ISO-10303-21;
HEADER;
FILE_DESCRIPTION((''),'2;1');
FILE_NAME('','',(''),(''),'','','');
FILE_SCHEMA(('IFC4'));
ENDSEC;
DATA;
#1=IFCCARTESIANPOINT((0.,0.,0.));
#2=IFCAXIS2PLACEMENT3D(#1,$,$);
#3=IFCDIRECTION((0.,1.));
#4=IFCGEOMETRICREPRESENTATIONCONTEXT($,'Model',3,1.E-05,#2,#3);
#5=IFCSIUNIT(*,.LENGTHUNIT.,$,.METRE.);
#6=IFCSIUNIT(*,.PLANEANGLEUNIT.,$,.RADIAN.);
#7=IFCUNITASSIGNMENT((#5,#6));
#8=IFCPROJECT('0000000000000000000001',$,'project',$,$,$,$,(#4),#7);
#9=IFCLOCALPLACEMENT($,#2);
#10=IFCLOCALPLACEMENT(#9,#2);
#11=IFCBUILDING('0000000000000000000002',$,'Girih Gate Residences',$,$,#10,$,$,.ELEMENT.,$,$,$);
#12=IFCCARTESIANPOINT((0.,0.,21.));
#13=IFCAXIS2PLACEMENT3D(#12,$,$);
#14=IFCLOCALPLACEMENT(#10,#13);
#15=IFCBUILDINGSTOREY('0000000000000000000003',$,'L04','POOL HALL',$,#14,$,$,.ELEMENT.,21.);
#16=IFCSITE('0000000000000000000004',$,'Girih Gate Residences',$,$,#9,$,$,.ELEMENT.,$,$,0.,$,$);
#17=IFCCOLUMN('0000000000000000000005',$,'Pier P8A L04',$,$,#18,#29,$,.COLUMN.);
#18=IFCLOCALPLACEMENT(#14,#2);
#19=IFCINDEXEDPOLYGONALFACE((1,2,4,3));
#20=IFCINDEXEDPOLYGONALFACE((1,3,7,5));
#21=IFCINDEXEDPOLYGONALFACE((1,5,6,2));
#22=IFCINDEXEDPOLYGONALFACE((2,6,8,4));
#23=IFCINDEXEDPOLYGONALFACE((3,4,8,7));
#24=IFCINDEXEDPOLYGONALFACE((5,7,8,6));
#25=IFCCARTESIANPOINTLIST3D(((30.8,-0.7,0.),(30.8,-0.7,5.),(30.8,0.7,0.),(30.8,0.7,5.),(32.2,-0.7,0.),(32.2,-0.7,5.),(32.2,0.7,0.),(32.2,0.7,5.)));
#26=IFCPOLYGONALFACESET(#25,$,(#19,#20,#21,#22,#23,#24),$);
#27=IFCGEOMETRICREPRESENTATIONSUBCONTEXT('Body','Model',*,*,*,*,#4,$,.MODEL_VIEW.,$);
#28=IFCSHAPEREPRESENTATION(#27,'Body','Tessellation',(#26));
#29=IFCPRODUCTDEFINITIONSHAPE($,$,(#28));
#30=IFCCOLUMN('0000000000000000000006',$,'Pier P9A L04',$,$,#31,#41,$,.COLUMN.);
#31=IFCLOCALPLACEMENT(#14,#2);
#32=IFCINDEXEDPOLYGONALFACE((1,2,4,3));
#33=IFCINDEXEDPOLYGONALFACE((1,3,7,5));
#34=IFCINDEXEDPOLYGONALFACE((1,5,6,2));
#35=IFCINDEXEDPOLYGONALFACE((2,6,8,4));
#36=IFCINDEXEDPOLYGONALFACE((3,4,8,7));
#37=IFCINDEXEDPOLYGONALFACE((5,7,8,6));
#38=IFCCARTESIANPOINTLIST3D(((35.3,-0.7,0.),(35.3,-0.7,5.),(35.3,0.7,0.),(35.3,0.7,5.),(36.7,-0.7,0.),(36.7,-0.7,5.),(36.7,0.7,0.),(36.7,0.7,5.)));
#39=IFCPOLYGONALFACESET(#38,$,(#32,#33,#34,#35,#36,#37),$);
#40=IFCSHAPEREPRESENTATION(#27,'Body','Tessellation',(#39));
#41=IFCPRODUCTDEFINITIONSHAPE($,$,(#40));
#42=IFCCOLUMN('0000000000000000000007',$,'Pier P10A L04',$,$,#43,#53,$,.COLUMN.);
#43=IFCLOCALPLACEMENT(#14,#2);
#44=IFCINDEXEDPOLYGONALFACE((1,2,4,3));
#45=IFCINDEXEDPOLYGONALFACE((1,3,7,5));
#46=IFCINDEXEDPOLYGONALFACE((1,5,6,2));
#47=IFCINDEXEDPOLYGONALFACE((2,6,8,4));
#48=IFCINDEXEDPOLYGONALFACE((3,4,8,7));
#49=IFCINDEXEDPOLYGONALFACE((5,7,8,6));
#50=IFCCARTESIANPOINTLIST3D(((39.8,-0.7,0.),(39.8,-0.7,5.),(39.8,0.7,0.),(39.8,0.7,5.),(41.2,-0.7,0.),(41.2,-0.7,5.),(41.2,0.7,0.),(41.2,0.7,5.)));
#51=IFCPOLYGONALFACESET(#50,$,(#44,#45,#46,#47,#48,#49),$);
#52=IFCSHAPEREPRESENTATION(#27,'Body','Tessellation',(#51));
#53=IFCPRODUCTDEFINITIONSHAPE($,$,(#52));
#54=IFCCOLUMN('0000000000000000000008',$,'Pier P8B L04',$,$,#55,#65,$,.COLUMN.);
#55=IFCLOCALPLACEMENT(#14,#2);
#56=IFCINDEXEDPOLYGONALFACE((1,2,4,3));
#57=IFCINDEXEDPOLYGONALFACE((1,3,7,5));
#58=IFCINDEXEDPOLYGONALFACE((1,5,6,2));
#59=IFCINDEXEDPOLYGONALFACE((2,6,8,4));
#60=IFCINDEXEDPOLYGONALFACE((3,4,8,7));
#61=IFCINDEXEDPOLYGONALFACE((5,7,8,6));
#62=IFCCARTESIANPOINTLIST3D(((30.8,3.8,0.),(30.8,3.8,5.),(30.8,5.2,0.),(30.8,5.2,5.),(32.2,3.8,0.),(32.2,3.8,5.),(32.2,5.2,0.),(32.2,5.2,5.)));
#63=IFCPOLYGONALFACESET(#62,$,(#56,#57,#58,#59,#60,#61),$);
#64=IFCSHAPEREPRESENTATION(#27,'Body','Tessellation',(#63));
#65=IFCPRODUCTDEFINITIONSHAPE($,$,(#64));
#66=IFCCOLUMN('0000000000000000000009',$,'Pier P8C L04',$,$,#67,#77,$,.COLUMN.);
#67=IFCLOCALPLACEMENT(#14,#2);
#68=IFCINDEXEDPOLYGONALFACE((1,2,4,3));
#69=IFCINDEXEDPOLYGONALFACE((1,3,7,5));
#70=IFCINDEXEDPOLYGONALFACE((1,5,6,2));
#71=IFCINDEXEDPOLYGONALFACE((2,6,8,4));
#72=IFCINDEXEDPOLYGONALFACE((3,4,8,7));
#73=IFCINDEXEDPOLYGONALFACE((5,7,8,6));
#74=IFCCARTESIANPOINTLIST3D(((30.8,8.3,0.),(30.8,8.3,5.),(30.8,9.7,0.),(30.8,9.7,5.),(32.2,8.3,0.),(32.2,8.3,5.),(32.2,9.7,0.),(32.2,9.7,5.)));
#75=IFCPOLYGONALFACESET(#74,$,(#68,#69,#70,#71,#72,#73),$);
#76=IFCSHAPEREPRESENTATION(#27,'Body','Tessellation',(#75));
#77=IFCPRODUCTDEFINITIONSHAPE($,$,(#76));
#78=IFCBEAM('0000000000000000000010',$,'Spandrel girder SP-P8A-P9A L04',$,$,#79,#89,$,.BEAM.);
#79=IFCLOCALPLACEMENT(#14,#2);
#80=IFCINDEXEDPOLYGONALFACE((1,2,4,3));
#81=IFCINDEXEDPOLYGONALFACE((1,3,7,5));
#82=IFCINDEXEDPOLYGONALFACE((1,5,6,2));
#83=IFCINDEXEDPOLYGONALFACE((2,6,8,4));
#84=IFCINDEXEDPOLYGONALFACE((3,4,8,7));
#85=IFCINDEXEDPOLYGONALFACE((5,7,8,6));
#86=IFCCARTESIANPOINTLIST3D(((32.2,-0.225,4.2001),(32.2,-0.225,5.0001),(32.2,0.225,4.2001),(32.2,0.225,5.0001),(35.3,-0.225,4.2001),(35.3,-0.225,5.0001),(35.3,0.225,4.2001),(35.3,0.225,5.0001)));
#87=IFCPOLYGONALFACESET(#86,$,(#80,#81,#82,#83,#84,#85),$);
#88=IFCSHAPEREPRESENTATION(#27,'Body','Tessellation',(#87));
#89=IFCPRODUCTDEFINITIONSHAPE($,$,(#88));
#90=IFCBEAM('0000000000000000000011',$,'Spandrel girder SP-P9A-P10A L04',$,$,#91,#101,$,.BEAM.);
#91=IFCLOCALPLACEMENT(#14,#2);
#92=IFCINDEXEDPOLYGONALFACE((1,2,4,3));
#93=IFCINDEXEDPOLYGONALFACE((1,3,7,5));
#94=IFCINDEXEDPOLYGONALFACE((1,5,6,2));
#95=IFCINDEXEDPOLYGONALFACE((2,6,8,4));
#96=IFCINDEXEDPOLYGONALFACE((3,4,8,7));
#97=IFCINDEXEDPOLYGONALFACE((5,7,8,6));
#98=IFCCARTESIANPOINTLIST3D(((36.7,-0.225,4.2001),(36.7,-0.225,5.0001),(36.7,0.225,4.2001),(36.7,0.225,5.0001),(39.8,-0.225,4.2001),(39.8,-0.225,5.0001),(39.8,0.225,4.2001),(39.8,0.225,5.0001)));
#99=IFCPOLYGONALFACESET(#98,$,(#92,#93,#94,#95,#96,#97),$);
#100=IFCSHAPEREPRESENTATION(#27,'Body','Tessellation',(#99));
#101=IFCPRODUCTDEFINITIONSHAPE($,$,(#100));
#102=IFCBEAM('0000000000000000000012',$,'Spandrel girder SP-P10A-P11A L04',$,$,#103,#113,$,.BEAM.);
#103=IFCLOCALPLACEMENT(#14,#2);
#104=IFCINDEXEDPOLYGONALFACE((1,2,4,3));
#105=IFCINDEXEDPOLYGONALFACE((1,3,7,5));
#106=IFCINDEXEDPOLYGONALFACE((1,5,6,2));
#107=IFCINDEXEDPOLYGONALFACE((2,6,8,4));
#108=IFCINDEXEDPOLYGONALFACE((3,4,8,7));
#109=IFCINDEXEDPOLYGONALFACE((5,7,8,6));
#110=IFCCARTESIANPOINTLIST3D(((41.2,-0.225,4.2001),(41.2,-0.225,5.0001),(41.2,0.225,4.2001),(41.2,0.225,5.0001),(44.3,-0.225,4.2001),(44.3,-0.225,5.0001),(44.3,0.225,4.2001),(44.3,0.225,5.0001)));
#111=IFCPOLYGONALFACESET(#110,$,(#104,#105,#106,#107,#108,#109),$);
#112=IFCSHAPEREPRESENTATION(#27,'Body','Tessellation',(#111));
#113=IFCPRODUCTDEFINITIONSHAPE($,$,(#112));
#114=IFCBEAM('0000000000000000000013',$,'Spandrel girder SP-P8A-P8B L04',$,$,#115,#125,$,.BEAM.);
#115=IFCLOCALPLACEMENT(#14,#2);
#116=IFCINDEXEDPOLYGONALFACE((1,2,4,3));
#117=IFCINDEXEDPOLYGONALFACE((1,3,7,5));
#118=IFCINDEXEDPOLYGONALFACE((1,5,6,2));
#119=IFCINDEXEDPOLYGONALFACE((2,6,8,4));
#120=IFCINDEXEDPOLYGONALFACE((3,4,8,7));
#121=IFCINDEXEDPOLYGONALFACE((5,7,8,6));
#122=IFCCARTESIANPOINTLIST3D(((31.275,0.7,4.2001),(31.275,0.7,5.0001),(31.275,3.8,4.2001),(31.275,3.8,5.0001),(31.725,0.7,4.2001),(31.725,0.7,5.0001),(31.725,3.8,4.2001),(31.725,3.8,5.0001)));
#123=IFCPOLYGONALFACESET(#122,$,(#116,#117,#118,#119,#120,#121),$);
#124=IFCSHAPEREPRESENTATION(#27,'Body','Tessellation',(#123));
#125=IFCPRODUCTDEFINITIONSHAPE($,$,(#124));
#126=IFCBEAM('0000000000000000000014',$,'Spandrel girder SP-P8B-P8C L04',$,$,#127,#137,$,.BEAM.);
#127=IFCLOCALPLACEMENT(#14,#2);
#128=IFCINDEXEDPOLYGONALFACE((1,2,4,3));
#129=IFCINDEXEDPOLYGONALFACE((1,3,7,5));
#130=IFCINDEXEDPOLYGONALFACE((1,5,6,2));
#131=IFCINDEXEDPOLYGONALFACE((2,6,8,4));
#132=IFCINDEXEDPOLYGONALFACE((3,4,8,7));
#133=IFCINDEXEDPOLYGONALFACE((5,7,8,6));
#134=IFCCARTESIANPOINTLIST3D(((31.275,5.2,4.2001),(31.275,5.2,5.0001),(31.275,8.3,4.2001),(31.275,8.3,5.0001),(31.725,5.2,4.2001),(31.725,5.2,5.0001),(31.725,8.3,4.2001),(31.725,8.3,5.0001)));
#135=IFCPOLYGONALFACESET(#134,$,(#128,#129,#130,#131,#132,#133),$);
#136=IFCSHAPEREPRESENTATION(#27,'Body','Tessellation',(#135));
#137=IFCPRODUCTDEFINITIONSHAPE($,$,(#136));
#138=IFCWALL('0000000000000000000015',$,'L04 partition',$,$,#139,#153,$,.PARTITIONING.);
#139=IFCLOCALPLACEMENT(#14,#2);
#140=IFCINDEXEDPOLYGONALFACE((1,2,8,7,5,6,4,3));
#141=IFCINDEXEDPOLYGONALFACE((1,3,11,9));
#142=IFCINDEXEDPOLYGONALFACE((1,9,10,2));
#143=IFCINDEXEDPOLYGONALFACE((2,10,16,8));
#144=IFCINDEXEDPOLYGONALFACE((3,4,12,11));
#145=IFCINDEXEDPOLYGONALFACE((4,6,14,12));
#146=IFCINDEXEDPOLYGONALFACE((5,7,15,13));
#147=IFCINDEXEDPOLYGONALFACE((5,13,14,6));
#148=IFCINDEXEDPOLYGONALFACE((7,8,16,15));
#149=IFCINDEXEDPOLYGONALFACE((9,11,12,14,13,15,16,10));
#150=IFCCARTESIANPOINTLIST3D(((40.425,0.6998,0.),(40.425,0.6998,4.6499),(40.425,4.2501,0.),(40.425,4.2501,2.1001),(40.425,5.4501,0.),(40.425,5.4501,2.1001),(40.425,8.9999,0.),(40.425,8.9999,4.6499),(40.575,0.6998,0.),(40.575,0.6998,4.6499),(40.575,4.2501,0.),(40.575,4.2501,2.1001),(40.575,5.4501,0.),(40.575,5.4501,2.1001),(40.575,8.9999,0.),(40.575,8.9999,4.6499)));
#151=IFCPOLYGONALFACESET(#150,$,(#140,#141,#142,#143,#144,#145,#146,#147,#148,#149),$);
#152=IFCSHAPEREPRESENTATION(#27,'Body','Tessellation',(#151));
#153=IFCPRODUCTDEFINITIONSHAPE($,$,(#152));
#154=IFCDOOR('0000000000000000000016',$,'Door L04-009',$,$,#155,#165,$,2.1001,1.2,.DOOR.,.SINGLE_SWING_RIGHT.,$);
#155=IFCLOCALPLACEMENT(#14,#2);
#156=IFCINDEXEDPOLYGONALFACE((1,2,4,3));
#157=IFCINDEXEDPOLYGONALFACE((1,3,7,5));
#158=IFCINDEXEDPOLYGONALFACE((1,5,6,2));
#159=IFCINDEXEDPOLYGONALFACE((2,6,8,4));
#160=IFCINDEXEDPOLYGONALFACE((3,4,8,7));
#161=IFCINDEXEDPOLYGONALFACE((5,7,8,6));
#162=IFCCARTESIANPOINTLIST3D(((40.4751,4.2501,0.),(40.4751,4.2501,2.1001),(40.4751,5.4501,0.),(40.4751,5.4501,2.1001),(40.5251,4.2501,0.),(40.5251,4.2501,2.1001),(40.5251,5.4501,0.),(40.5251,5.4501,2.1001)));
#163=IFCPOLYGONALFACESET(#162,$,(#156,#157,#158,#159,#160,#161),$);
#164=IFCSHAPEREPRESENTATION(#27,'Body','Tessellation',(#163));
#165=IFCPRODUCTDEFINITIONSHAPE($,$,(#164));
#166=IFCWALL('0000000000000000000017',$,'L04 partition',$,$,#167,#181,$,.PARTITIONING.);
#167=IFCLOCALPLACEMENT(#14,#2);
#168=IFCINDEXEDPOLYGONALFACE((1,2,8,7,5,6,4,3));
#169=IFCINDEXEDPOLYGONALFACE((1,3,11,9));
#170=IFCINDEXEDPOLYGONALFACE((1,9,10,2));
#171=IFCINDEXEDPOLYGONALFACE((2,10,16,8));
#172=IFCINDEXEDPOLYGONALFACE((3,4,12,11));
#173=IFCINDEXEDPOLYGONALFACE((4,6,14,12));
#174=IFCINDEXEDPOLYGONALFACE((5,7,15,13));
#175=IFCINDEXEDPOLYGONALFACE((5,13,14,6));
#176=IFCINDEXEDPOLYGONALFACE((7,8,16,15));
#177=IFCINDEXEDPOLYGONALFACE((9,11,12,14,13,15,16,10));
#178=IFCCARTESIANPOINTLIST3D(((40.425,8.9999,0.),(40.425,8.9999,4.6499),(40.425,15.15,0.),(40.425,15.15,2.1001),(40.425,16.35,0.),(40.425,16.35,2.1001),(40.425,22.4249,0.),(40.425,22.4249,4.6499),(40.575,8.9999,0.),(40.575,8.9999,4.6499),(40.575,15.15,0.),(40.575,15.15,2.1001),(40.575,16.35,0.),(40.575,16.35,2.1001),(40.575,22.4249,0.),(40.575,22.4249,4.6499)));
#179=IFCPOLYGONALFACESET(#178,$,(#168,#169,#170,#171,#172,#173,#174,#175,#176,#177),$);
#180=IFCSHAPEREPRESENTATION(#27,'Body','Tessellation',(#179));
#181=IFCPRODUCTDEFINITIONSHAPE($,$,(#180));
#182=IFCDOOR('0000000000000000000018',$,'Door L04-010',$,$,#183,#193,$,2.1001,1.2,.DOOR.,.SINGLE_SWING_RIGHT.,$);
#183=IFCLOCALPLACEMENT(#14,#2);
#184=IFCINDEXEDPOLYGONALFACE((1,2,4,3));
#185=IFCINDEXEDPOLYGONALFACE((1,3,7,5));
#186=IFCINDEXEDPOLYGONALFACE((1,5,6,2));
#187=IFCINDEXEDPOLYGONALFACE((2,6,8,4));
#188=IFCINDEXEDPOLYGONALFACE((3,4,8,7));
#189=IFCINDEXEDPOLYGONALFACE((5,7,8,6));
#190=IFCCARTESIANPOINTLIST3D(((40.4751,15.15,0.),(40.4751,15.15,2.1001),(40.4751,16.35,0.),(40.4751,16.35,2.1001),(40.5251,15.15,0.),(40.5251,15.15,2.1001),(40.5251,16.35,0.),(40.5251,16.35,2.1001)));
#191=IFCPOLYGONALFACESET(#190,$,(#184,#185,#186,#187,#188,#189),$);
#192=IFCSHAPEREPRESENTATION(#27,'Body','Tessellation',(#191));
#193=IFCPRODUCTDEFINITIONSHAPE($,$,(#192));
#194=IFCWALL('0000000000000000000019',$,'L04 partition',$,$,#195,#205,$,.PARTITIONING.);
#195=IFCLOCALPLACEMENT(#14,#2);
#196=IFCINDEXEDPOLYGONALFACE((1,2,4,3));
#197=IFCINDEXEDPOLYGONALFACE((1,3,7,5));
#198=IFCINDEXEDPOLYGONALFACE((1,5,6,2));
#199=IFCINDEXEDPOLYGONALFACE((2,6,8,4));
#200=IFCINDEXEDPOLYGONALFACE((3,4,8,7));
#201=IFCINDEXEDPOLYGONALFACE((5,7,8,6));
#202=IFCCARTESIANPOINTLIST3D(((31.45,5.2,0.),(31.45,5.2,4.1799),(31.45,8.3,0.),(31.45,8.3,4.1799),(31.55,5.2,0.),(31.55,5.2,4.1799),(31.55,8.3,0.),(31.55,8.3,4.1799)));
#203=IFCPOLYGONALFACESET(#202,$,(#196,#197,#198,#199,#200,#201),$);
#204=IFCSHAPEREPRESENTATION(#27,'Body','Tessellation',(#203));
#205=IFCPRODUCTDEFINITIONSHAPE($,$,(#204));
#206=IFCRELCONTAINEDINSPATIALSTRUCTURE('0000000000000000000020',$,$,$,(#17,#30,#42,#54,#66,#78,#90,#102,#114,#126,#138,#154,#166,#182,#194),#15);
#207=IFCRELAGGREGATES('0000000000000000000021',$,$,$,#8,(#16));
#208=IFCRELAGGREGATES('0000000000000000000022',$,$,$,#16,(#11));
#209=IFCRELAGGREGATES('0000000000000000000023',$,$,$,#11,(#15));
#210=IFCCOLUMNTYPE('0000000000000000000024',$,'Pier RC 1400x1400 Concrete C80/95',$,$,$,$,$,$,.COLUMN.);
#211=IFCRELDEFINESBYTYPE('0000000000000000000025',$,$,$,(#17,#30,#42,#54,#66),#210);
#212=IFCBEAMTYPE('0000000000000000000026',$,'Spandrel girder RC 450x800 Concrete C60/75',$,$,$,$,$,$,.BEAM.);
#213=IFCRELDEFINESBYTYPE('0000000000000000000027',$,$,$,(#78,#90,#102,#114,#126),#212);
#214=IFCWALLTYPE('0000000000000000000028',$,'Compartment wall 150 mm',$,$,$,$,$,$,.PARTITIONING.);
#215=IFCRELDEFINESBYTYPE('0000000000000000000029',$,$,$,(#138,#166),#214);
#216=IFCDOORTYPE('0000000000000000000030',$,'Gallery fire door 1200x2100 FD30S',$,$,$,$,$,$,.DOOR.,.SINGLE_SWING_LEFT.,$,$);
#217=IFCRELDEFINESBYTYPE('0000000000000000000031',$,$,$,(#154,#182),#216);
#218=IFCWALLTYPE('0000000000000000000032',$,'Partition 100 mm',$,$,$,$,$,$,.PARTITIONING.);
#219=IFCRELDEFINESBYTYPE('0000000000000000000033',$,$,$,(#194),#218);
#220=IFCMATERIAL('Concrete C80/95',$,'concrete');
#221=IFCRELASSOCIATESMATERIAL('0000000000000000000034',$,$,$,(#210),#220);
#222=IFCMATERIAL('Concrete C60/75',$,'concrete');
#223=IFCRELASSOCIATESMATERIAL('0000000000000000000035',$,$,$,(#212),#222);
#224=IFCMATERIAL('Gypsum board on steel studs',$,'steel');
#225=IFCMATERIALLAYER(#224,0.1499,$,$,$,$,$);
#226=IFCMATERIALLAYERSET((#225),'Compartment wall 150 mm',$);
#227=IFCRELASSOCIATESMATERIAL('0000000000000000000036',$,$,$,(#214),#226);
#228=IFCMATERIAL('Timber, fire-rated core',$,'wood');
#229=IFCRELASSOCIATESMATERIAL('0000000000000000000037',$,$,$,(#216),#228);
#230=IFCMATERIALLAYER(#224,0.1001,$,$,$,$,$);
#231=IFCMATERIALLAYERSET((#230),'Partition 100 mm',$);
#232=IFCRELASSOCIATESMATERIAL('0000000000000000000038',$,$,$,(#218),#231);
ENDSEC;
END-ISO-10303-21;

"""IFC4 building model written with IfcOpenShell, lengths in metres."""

from ifc_helpers import new_model, si_unit, direction, frame, frame_2d, origin, origin_2d, place, context, subcontext, project, spatial, rectangle, extrude, material, layer, layer_set, material_profile, profile_set, type_object, element, fill, save


model = new_model("IFC4")

# Units and contexts
model_context = context("Model", 3, precision=1e-05, world=origin(), true_north=direction((0.0, 1.0)))
body_context = subcontext(model_context, "Body", "Model", "MODEL_VIEW")
ifc_project = project(units=[si_unit("LENGTHUNIT", "METRE"), si_unit("PLANEANGLEUNIT", "RADIAN")], contexts=[model_context])

# Site, building, storey
site_placement = place(None, origin())
site = spatial("IfcSite", under=ifc_project, at=site_placement, Name="Girih Gate Residences", CompositionType="ELEMENT", RefElevation=0.0)
building_placement = place(site_placement, origin())
building = spatial("IfcBuilding", under=site, at=building_placement, Name="Girih Gate Residences", CompositionType="ELEMENT")
storey_placement = place(building_placement, frame((0.0, 0.0, 21.0)))
storey = spatial("IfcBuildingStorey", under=building, at=storey_placement, Name="L04", Description="POOL HALL", CompositionType="ELEMENT", Elevation=21.0)

# Columns
ifc_material_1 = material(Name="Concrete C80/95", Category="concrete")
ifc_material_profile_1 = material_profile(ifc_material_1, rectangle(XDim=1.3999, YDim=1.3999, at=origin_2d()))
ifc_profile_set_1 = profile_set([ifc_material_profile_1], Name="Concrete C80/95")
column_type = type_object("IfcColumnType", Name="Pier RC 1400x1400 Concrete C80/95", PredefinedType="COLUMN", material=ifc_profile_set_1)
for number, where, z_axis, x_axis, name in (
    (1, (31.5, 0.0, 0.0), (0.0, 0.0, 1.0), (1.0, 0.0, 0.0), "Pier P8A L04"),
    (2, (36.0, 0.0, 0.0), (0.0, 0.0, 1.0), (1.0, 0.0, 0.0), "Pier P9A L04"),
    (3, (40.5, 0.0, 0.0), (0.0, 0.0, 1.0), (1.0, 0.0, 0.0), "Pier P10A L04"),
    (4, (31.5, 4.5, 0.0), (0.0, 0.0, 1.0), (1.0, 0.0, 0.0), "Pier P8B L04"),
    (5, (31.5, 9.0, 0.0), (0.0, 0.0, 1.0), (1.0, 0.0, 0.0), "Pier P8C L04"),
):
    element("IfcColumn", number, at=place(storey_placement, frame(where, z_axis=z_axis, x_axis=x_axis)), inside=storey, type_object=column_type, Name=name, PredefinedType="COLUMN", context=body_context, shape_type="SweptSolid", body=[
        extrude(rectangle(XDim=1.3999, YDim=1.3999, at=origin_2d()), origin(), (0.0, 0.0, 1.0), 5.0),
    ])

# Beams
ifc_material_2 = material(Name="Concrete C60/75", Category="concrete")
ifc_material_profile_2 = material_profile(ifc_material_2, rectangle(XDim=0.45, YDim=0.8, at=origin_2d()))
ifc_profile_set_2 = profile_set([ifc_material_profile_2], Name="Concrete C60/75")
beam_type = type_object("IfcBeamType", Name="Spandrel girder RC 450x800 Concrete C60/75", PredefinedType="BEAM", material=ifc_profile_set_2)
for number, where, z_axis, x_axis, name in (
    (6, (32.2, 0.0, 4.6001), (1.0, 0.0, 0.0), (0.0, 1.0, 0.0), "Spandrel girder SP-P8A-P9A L04"),
    (7, (36.7, 0.0, 4.6001), (1.0, 0.0, 0.0), (0.0, 1.0, 0.0), "Spandrel girder SP-P9A-P10A L04"),
    (8, (41.2, 0.0, 4.6001), (1.0, 0.0, 0.0), (0.0, 1.0, 0.0), "Spandrel girder SP-P10A-P11A L04"),
    (9, (31.5, 0.7, 4.6001), (0.0, 1.0, 0.0), (-1.0, 0.0, 0.0), "Spandrel girder SP-P8A-P8B L04"),
    (10, (31.5, 5.2, 4.6001), (0.0, 1.0, 0.0), (-1.0, 0.0, 0.0), "Spandrel girder SP-P8B-P8C L04"),
):
    element("IfcBeam", number, at=place(storey_placement, frame(where, z_axis=z_axis, x_axis=x_axis)), inside=storey, type_object=beam_type, Name=name, PredefinedType="BEAM", context=body_context, shape_type="SweptSolid", body=[
        extrude(rectangle(XDim=0.45, YDim=0.8, at=origin_2d()), origin(), (0.0, 0.0, 1.0), 3.1001),
    ])

# Walls, openings, doors
ifc_material_3 = material(Name="Gypsum board on steel studs", Category="steel")
ifc_layer_1 = layer(ifc_material_3, 0.1499)
ifc_layer_set_1 = layer_set([ifc_layer_1], Name="Compartment wall 150 mm")
wall_type_1 = type_object("IfcWallType", Name="Compartment wall 150 mm", PredefinedType="PARTITIONING", material=ifc_layer_set_1)
wall_1_placement = place(storey_placement, frame((40.5, 0.7, 0.0), z_axis=(0.0, 0.0, 1.0), x_axis=(0.0, 1.0, 0.0)))
wall_1 = element("IfcWall", 11, at=wall_1_placement, inside=storey, type_object=wall_type_1, Name="L04 partition", PredefinedType="PARTITIONING", context=body_context, shape_type="SweptSolid", body=[
    extrude(rectangle(XDim=8.3, YDim=0.1499, at=frame_2d((4.1499, 0.0))), origin(), (0.0, 0.0, 1.0), 4.6499),
])
opening_1_placement = place(wall_1_placement, frame((3.55, 0.0, 0.0)))
opening_1 = element("IfcOpeningElement", 12, at=opening_1_placement, cuts=wall_1, PredefinedType="OPENING", context=body_context, shape_type="SweptSolid", body=[
    extrude(rectangle(XDim=1.2, YDim=2.1001, at=frame_2d((0.6001, 1.05))), frame((0.0, 0.085, 0.0), z_axis=(0.0, -1.0, 0.0), x_axis=(1.0, 0.0, 0.0)), (0.0, 0.0, 1.0), 0.1699),
])
ifc_material_4 = material(Name="Timber, fire-rated core", Category="wood")
door_type = type_object("IfcDoorType", Name="Gallery fire door 1200x2100 FD30S", OperationType="SINGLE_SWING_LEFT", PredefinedType="DOOR", material=ifc_material_4)
door_1_placement = place(opening_1_placement, origin())
door_1 = element("IfcDoor", 13, at=door_1_placement, inside=storey, type_object=door_type, Name="Door L04-009", OperationType="SINGLE_SWING_RIGHT", OverallHeight=2.1001, OverallWidth=1.2, PredefinedType="DOOR", context=body_context, shape_type="SweptSolid", body=[
    extrude(rectangle(XDim=1.2, YDim=2.1001, at=frame_2d((0.6001, 1.05))), frame((0.0, 0.0249, 0.0), z_axis=(0.0, -1.0, 0.0), x_axis=(1.0, 0.0, 0.0)), (0.0, 0.0, 1.0), 0.05),
])
fill(opening_1, door_1)
wall_2_placement = place(storey_placement, frame((40.5, 9.0, 0.0), z_axis=(0.0, 0.0, 1.0), x_axis=(0.0, 1.0, 0.0)))
wall_2 = element("IfcWall", 14, at=wall_2_placement, inside=storey, type_object=wall_type_1, Name="L04 partition", PredefinedType="PARTITIONING", context=body_context, shape_type="SweptSolid", body=[
    extrude(rectangle(XDim=13.425, YDim=0.1499, at=frame_2d((6.7124, 0.0))), origin(), (0.0, 0.0, 1.0), 4.6499),
])
opening_2_placement = place(wall_2_placement, frame((6.1499, 0.0, 0.0)))
opening_2 = element("IfcOpeningElement", 15, at=opening_2_placement, cuts=wall_2, PredefinedType="OPENING", context=body_context, shape_type="SweptSolid", body=[
    extrude(rectangle(XDim=1.2, YDim=2.1001, at=frame_2d((0.6001, 1.05))), frame((0.0, 0.085, 0.0), z_axis=(0.0, -1.0, 0.0), x_axis=(1.0, 0.0, 0.0)), (0.0, 0.0, 1.0), 0.1699),
])
door_2_placement = place(opening_2_placement, origin())
door_2 = element("IfcDoor", 16, at=door_2_placement, inside=storey, type_object=door_type, Name="Door L04-010", OperationType="SINGLE_SWING_RIGHT", OverallHeight=2.1001, OverallWidth=1.2, PredefinedType="DOOR", context=body_context, shape_type="SweptSolid", body=[
    extrude(rectangle(XDim=1.2, YDim=2.1001, at=frame_2d((0.6001, 1.05))), frame((0.0, 0.0249, 0.0), z_axis=(0.0, -1.0, 0.0), x_axis=(1.0, 0.0, 0.0)), (0.0, 0.0, 1.0), 0.05),
])
fill(opening_2, door_2)

# Wall
ifc_layer_2 = layer(ifc_material_3, 0.1001)
ifc_layer_set_2 = layer_set([ifc_layer_2], Name="Partition 100 mm")
wall_type_2 = type_object("IfcWallType", Name="Partition 100 mm", PredefinedType="PARTITIONING", material=ifc_layer_set_2)
for number, where, z_axis, x_axis, name in (
    (17, (31.5, 5.2, 0.0), (0.0, 0.0, 1.0), (0.0, 1.0, 0.0), "L04 partition"),
):
    element("IfcWall", number, at=place(storey_placement, frame(where, z_axis=z_axis, x_axis=x_axis)), inside=storey, type_object=wall_type_2, Name=name, PredefinedType="PARTITIONING", context=body_context, shape_type="SweptSolid", body=[
        extrude(rectangle(XDim=3.1001, YDim=0.1001, at=frame_2d((1.55, 0.0))), origin(), (0.0, 0.0, 1.0), 4.1799),
    ])

save(model, "model.ifc")
